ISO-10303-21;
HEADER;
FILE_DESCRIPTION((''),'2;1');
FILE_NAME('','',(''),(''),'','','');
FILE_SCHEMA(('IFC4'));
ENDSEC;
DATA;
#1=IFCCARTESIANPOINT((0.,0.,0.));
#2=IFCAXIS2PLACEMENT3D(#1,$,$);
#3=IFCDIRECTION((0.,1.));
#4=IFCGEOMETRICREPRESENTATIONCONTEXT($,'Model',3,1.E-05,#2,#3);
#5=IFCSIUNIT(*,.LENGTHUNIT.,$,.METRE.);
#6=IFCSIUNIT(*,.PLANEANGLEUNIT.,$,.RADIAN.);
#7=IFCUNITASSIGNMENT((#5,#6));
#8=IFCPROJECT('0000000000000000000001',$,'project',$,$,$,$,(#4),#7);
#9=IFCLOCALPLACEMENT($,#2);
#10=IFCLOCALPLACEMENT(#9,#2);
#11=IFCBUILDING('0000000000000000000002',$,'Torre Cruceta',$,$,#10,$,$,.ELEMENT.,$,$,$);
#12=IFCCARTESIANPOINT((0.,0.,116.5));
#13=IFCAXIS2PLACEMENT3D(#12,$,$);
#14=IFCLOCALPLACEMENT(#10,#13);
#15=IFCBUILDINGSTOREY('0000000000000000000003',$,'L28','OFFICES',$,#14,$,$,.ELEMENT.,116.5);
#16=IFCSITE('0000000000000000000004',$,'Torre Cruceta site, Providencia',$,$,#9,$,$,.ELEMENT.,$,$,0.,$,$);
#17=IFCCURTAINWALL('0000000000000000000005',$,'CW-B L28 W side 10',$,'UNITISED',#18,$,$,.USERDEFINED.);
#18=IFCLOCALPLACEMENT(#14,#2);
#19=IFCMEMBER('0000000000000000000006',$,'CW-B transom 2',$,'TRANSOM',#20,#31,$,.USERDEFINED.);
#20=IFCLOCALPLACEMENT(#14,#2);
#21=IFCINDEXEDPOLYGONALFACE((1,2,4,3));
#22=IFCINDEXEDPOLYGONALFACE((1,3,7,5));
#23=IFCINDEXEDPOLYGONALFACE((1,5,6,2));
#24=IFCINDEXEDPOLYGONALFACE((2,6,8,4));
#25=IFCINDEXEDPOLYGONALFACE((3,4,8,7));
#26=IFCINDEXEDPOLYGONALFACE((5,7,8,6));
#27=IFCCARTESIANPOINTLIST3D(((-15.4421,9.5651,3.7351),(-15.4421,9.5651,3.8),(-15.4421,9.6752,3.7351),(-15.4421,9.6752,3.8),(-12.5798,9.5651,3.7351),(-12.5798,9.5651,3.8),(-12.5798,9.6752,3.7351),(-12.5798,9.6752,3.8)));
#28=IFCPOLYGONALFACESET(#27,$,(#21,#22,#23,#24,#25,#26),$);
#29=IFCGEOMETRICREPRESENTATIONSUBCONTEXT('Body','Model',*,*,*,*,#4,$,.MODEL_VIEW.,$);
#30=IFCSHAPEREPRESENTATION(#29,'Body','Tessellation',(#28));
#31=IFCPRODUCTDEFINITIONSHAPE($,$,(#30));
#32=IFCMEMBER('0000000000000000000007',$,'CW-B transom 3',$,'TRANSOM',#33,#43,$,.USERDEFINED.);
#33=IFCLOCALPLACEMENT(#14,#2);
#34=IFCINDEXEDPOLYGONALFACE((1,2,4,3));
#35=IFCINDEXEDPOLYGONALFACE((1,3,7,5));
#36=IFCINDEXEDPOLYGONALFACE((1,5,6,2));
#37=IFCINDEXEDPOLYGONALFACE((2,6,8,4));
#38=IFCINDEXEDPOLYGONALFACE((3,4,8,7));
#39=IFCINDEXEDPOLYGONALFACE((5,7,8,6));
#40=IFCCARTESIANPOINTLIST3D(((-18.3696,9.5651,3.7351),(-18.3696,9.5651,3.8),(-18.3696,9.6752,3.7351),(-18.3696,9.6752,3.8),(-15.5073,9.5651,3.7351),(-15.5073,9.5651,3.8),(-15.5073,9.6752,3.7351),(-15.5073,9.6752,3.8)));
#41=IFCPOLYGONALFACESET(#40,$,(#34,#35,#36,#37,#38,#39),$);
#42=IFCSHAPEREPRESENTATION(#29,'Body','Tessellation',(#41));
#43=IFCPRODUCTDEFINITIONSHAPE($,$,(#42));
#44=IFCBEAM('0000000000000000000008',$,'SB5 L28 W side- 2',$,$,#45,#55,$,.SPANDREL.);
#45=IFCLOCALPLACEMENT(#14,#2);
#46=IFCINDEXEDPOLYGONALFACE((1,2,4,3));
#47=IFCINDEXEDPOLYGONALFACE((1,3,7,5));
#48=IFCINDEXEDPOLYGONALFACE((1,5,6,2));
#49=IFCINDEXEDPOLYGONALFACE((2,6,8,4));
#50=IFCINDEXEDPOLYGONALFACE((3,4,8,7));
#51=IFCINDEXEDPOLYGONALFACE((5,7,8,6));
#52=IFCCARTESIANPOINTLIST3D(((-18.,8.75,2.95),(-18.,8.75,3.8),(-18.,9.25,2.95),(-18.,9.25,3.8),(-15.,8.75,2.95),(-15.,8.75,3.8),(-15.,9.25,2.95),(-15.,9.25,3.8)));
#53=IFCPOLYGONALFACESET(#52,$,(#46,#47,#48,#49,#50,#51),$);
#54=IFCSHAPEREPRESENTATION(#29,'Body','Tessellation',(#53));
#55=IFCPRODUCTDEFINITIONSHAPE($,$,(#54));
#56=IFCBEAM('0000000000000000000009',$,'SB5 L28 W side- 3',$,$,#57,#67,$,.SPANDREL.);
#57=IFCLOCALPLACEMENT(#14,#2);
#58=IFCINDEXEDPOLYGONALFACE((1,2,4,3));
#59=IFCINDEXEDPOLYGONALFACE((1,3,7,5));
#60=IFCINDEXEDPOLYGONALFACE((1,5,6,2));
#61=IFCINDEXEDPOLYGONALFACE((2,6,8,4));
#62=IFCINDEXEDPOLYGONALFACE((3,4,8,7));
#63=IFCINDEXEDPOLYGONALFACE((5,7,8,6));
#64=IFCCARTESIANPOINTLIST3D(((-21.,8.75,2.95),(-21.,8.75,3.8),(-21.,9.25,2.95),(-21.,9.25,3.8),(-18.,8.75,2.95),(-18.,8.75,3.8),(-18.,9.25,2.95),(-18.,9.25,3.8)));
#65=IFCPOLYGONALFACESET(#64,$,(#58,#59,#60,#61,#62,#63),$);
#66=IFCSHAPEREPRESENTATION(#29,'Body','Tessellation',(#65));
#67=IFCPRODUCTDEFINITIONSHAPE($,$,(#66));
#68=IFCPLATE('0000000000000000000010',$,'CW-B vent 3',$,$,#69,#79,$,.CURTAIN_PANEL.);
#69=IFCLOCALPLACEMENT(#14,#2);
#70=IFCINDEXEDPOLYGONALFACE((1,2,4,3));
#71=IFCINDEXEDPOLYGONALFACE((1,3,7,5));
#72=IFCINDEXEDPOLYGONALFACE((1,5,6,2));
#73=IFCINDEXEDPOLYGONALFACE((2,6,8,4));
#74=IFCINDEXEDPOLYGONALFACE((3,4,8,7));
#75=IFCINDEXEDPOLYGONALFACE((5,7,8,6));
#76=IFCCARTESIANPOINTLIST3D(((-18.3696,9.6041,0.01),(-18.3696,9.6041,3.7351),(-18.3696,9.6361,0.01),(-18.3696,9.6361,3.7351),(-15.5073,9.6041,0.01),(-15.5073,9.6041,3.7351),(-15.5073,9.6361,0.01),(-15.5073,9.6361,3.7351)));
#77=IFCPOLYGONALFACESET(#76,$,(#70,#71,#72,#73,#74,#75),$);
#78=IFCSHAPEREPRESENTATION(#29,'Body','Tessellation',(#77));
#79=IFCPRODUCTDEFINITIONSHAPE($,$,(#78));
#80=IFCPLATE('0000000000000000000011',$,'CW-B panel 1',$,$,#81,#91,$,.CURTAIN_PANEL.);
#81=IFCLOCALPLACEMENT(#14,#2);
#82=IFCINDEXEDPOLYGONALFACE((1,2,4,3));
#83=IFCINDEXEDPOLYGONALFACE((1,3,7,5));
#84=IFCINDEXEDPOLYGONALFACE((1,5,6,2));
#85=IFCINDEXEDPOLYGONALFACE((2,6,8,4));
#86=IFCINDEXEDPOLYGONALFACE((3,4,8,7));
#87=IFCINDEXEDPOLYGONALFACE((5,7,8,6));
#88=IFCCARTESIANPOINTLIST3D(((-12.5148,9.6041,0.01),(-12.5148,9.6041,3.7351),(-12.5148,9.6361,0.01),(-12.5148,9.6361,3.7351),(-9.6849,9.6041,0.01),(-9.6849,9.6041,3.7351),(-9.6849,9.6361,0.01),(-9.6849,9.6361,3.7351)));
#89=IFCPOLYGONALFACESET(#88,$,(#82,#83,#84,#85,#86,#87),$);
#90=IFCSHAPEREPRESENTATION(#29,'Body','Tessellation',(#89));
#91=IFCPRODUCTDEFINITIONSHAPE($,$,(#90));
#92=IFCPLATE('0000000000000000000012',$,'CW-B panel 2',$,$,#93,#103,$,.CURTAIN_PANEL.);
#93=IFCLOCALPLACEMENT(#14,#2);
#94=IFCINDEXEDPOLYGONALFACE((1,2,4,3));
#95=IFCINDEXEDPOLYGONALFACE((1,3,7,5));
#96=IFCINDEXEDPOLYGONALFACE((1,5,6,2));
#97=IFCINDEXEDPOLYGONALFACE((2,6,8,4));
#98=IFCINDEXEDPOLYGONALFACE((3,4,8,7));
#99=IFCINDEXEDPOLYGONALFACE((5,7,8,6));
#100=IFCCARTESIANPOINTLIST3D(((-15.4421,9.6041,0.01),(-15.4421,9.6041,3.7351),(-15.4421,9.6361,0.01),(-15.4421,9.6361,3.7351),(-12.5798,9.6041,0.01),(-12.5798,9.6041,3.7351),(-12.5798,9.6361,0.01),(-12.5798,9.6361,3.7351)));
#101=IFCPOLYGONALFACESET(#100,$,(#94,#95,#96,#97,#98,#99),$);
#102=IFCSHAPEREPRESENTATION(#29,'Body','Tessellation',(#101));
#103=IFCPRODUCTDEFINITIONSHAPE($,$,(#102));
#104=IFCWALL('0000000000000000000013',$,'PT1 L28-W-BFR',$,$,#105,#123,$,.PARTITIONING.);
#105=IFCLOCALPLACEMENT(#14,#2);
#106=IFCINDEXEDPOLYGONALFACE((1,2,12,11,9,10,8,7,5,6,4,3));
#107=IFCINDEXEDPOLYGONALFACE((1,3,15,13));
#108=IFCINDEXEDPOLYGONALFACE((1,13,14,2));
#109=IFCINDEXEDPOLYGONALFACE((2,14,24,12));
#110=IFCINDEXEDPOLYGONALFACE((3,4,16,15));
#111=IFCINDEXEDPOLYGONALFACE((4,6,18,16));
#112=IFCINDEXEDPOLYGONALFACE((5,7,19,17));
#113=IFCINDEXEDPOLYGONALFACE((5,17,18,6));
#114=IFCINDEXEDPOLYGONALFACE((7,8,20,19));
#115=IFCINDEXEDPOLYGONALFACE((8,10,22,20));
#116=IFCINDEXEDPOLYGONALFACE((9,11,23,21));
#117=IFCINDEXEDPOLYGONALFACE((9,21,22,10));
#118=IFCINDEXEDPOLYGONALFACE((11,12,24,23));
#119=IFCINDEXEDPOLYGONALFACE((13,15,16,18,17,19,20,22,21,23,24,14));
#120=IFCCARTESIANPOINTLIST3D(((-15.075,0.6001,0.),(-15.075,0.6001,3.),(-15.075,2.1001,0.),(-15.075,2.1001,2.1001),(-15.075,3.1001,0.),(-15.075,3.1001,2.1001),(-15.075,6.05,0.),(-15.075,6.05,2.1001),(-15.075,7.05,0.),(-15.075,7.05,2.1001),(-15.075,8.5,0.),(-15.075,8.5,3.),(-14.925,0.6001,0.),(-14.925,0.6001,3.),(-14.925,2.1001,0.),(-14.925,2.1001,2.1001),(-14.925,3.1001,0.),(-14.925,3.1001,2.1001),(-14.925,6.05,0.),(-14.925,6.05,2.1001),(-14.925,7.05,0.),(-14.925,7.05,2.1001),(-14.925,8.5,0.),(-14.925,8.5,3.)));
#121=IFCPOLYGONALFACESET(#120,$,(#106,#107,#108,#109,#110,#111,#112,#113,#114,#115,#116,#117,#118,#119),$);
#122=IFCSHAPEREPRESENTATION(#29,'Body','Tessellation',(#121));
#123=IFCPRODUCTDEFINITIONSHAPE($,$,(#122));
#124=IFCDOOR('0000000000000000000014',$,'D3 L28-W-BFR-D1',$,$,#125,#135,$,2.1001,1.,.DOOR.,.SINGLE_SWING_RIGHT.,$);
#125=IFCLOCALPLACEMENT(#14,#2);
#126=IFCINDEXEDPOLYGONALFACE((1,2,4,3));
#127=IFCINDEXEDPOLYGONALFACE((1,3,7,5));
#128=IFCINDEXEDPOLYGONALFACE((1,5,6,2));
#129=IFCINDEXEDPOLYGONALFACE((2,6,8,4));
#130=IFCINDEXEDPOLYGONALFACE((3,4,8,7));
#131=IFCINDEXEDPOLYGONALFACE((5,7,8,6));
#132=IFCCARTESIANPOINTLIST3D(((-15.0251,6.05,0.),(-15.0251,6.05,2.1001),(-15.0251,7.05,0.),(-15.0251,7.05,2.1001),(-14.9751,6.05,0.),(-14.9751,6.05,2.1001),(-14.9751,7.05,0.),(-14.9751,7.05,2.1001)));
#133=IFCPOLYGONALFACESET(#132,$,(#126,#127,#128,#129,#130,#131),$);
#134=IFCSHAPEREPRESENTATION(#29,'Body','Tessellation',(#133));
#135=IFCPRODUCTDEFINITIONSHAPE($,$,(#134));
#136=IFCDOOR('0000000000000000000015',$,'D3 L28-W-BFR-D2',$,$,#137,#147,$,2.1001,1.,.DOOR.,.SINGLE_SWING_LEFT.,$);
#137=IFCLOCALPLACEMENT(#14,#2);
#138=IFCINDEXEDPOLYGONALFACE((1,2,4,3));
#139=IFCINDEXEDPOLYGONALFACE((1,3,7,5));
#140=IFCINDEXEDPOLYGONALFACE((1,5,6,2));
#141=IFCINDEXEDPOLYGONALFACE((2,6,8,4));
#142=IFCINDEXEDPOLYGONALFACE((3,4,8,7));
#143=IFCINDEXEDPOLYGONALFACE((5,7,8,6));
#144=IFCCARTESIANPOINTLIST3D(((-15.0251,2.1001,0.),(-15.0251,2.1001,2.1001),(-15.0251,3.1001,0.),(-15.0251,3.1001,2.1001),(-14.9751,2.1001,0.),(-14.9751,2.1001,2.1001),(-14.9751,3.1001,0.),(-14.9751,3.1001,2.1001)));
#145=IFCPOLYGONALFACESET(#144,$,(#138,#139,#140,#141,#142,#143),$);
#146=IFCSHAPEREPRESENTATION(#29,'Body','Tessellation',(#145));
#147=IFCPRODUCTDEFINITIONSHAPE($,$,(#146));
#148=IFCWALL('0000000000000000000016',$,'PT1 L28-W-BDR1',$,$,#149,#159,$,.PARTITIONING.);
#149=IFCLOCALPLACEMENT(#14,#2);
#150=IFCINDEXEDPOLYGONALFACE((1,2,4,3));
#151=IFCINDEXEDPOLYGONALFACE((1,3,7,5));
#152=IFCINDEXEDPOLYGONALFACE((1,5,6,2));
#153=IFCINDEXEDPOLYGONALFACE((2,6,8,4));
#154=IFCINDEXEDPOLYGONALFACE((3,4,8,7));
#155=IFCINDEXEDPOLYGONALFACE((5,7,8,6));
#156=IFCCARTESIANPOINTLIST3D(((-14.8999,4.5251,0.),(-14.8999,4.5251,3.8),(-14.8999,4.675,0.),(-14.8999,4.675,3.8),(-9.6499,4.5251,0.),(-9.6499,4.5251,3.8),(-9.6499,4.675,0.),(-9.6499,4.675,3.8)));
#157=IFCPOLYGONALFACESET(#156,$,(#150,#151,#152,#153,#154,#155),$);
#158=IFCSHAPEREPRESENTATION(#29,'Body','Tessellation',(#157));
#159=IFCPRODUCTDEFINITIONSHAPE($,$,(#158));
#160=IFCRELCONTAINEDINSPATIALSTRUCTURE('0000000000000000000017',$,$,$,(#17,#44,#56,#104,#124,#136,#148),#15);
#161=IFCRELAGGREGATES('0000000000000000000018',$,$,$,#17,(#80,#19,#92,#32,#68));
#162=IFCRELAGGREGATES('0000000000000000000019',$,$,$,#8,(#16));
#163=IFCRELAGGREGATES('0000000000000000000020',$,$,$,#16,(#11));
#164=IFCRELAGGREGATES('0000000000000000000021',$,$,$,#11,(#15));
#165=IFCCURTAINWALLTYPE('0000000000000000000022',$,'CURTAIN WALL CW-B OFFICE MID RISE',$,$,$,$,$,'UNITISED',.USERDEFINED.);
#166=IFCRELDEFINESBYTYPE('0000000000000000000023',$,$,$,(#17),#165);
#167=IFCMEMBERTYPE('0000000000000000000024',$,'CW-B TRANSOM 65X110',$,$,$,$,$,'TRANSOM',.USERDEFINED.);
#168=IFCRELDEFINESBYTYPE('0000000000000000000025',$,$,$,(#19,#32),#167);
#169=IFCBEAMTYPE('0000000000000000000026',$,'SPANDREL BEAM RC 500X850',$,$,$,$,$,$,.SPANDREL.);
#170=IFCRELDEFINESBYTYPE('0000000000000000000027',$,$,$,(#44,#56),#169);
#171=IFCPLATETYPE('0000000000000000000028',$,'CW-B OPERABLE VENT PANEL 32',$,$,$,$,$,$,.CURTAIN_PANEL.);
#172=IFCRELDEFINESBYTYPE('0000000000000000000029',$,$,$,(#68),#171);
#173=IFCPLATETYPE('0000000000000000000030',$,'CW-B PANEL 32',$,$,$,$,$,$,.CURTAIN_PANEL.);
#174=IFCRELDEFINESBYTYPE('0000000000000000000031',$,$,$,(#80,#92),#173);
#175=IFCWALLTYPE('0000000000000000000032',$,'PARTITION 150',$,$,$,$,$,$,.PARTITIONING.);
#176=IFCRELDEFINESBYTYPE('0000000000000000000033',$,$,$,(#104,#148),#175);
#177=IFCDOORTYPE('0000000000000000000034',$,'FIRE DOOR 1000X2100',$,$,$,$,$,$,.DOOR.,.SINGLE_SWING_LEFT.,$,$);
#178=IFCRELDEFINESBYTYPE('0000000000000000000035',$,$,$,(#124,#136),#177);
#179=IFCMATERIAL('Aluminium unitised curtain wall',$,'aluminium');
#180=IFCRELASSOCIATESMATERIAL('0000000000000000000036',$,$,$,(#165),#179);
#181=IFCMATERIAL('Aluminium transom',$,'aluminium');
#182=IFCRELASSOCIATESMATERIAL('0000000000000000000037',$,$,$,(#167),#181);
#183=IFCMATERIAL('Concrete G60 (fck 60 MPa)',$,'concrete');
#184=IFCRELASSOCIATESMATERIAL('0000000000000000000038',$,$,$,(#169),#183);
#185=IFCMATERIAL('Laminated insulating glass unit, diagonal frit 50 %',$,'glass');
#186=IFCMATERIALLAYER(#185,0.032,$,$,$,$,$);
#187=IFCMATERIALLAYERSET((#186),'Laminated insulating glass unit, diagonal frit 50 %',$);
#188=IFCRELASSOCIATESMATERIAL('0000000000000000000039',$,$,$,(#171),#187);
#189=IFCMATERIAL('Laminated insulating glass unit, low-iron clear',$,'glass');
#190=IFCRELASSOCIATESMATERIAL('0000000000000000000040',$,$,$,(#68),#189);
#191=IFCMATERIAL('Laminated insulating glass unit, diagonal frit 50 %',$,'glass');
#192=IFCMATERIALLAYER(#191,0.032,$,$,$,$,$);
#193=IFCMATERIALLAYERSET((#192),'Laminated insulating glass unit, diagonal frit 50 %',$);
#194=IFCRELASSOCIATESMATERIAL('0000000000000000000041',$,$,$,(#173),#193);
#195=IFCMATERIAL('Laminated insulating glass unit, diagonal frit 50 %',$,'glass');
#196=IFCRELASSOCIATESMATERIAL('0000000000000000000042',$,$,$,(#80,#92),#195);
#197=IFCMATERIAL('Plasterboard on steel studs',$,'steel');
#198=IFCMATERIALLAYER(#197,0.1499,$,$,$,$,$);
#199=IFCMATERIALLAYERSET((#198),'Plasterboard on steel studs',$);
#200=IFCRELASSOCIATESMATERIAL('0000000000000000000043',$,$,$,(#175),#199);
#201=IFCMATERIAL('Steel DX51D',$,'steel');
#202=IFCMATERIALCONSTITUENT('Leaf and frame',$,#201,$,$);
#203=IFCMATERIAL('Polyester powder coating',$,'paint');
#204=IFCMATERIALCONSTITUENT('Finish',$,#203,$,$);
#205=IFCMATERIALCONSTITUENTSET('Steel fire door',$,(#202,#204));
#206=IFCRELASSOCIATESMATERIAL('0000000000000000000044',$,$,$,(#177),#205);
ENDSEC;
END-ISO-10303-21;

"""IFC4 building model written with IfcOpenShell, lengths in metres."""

from ifc_helpers import new_model, si_unit, direction, frame, frame_2d, origin, origin_2d, place, context, subcontext, project, spatial, rectangle, extrude, material, layer, layer_set, constituent, constituent_set, material_profile, profile_set, type_object, element, fill, aggregate, save


model = new_model("IFC4")

# Units and contexts
model_context = context("Model", 3, precision=1e-05, world=origin(), true_north=direction((0.0, 1.0)))
body_context = subcontext(model_context, "Body", "Model", "MODEL_VIEW")
ifc_project = project(units=[si_unit("LENGTHUNIT", "METRE"), si_unit("PLANEANGLEUNIT", "RADIAN")], contexts=[model_context])

# Site, building, storey
site_placement = place(None, origin())
site = spatial("IfcSite", under=ifc_project, at=site_placement, Name="Torre Cruceta site, Providencia", CompositionType="ELEMENT", RefElevation=0.0)
building_placement = place(site_placement, origin())
building = spatial("IfcBuilding", under=site, at=building_placement, Name="Torre Cruceta", CompositionType="ELEMENT")
storey_placement = place(building_placement, frame((0.0, 0.0, 116.5)))
storey = spatial("IfcBuildingStorey", under=building, at=storey_placement, Name="L28", Description="OFFICES", CompositionType="ELEMENT", Elevation=116.5)

# Curtain wall, members
ifc_material_1 = material(Name="Aluminium unitised curtain wall", Category="aluminium")
curtain_wall_type = type_object("IfcCurtainWallType", Name="CURTAIN WALL CW-B OFFICE MID RISE", ElementType="UNITISED", PredefinedType="USERDEFINED", material=ifc_material_1)
curtain_wall_placement = place(storey_placement, origin())
curtain_wall = element("IfcCurtainWall", 1, at=curtain_wall_placement, inside=storey, type_object=curtain_wall_type, Name="CW-B L28 W side 10", ObjectType="UNITISED", PredefinedType="USERDEFINED")
ifc_material_2 = material(Name="Aluminium transom", Category="aluminium")
ifc_material_profile_1 = material_profile(ifc_material_2, rectangle(XDim=0.1101, YDim=0.0649, at=origin_2d()), Name="AL 110X65")
ifc_profile_set_1 = profile_set([ifc_material_profile_1], Name="Aluminium transom")
member_type_1 = type_object("IfcMemberType", Name="CW-B TRANSOM 65X110", ElementType="TRANSOM", PredefinedType="USERDEFINED", material=ifc_profile_set_1)
member_1_placement = place(storey_placement, frame((-12.5798, 9.6201, 3.7676), z_axis=(-1.0, 0.0, 0.0), x_axis=(0.0, -1.0, 0.0)))
member_1 = element("IfcMember", 2, at=member_1_placement, type_object=member_type_1, Name="CW-B transom 2", ObjectType="TRANSOM", PredefinedType="USERDEFINED", context=body_context, shape_type="SweptSolid", body=[
    extrude(rectangle(XDim=0.1101, YDim=0.0649, at=origin_2d()), origin(), (0.0, 0.0, 1.0), 2.8623),
])
member_2_placement = place(storey_placement, frame((-15.5073, 9.6201, 3.7676), z_axis=(-1.0, 0.0, 0.0), x_axis=(0.0, -1.0, 0.0)))
member_2 = element("IfcMember", 3, at=member_2_placement, type_object=member_type_1, Name="CW-B transom 3", ObjectType="TRANSOM", PredefinedType="USERDEFINED", context=body_context, shape_type="SweptSolid", body=[
    extrude(rectangle(XDim=0.1101, YDim=0.0649, at=origin_2d()), origin(), (0.0, 0.0, 1.0), 2.8623),
])

# Beams
ifc_material_3 = material(Name="Concrete G60 (fck 60 MPa)", Category="concrete")
ifc_material_profile_2 = material_profile(ifc_material_3, rectangle(XDim=0.5, YDim=0.8501, at=origin_2d()), Name="RC 500X850")
ifc_profile_set_2 = profile_set([ifc_material_profile_2], Name="Concrete G60 (fck 60 MPa)")
beam_type_1 = type_object("IfcBeamType", Name="SPANDREL BEAM RC 500X850", PredefinedType="SPANDREL", material=ifc_profile_set_2)
for number, where, z_axis, x_axis, name in (
    (4, (-15.0, 9.0, 3.375), (-1.0, 0.0, 0.0), (0.0, -1.0, 0.0), "SB5 L28 W side- 2"),
    (5, (-18.0, 9.0, 3.375), (-1.0, 0.0, 0.0), (0.0, -1.0, 0.0), "SB5 L28 W side- 3"),
):
    element("IfcBeam", number, at=place(storey_placement, frame(where, z_axis=z_axis, x_axis=x_axis)), inside=storey, type_object=beam_type_1, Name=name, PredefinedType="SPANDREL", context=body_context, shape_type="SweptSolid", body=[
        extrude(rectangle(XDim=0.5, YDim=0.8501, at=origin_2d()), origin(), (0.0, 0.0, 1.0), 3.0),
    ])

# Plates
ifc_material_4 = material(Name="Laminated insulating glass unit, low-iron clear", Category="glass")
ifc_material_5 = material(Name="Laminated insulating glass unit, diagonal frit 50 %", Category="glass")
ifc_layer_1 = layer(ifc_material_5, 0.032)
ifc_layer_set_1 = layer_set([ifc_layer_1], Name="Laminated insulating glass unit, diagonal frit 50 %")
plate_type_1 = type_object("IfcPlateType", Name="CW-B OPERABLE VENT PANEL 32", PredefinedType="CURTAIN_PANEL", material=ifc_layer_set_1)
plate_1_placement = place(storey_placement, frame((-16.9385, 9.6201, 0.01), z_axis=(0.0, 0.0, 1.0), x_axis=(-1.0, 0.0, 0.0)))
plate_1 = element("IfcPlate", 6, at=plate_1_placement, type_object=plate_type_1, material=ifc_material_4, Name="CW-B vent 3", PredefinedType="CURTAIN_PANEL", context=body_context, shape_type="SweptSolid", body=[
    extrude(rectangle(XDim=2.8623, YDim=0.032, at=origin_2d()), origin(), (0.0, 0.0, 1.0), 3.7251),
])
ifc_material_6 = material(Name="Laminated insulating glass unit, diagonal frit 50 %", Category="glass")
ifc_material_7 = material(Name="Laminated insulating glass unit, diagonal frit 50 %", Category="glass")
ifc_layer_2 = layer(ifc_material_7, 0.032)
ifc_layer_set_2 = layer_set([ifc_layer_2], Name="Laminated insulating glass unit, diagonal frit 50 %")
plate_type_2 = type_object("IfcPlateType", Name="CW-B PANEL 32", PredefinedType="CURTAIN_PANEL", material=ifc_layer_set_2)
plate_2_placement = place(storey_placement, frame((-11.0999, 9.6201, 0.01), z_axis=(0.0, 0.0, 1.0), x_axis=(-1.0, 0.0, 0.0)))
plate_2 = element("IfcPlate", 7, at=plate_2_placement, type_object=plate_type_2, material=ifc_material_6, Name="CW-B panel 1", PredefinedType="CURTAIN_PANEL", context=body_context, shape_type="SweptSolid", body=[
    extrude(rectangle(XDim=2.8298, YDim=0.032, at=origin_2d()), origin(), (0.0, 0.0, 1.0), 3.7251),
])
plate_3_placement = place(storey_placement, frame((-14.011, 9.6201, 0.01), z_axis=(0.0, 0.0, 1.0), x_axis=(-1.0, 0.0, 0.0)))
plate_3 = element("IfcPlate", 8, at=plate_3_placement, type_object=plate_type_2, material=ifc_material_6, Name="CW-B panel 2", PredefinedType="CURTAIN_PANEL", context=body_context, shape_type="SweptSolid", body=[
    extrude(rectangle(XDim=2.8623, YDim=0.032, at=origin_2d()), origin(), (0.0, 0.0, 1.0), 3.7251),
])
aggregate(curtain_wall, [plate_2, member_1, plate_3, member_2, plate_1])

# Wall, openings, doors
ifc_material_8 = material(Name="Plasterboard on steel studs", Category="steel")
ifc_layer_3 = layer(ifc_material_8, 0.1499)
ifc_layer_set_3 = layer_set([ifc_layer_3], Name="Plasterboard on steel studs")
wall_type = type_object("IfcWallType", Name="PARTITION 150", PredefinedType="PARTITIONING", material=ifc_layer_set_3)
wall_1_placement = place(storey_placement, frame((-15.0, 8.5, 0.0), z_axis=(0.0, 0.0, 1.0), x_axis=(0.0, -1.0, 0.0)))
wall_1 = element("IfcWall", 9, at=wall_1_placement, inside=storey, type_object=wall_type, Name="PT1 L28-W-BFR", PredefinedType="PARTITIONING", context=body_context, shape_type="SweptSolid", body=[
    extrude(rectangle(XDim=7.8999, YDim=0.1499, at=frame_2d((3.95, 0.0))), origin(), (0.0, 0.0, 1.0), 3.0),
])
opening_1_placement = place(wall_1_placement, frame((1.45, 0.0, 0.0)))
opening_1 = element("IfcOpeningElement", 10, at=opening_1_placement, cuts=wall_1, PredefinedType="OPENING", context=body_context, shape_type="SweptSolid", body=[
    extrude(rectangle(XDim=1.0, YDim=2.1001, at=frame_2d((0.5, 1.05))), frame((0.0, 0.085, 0.0), z_axis=(0.0, -1.0, 0.0), x_axis=(1.0, 0.0, 0.0)), (0.0, 0.0, 1.0), 0.1699),
])
opening_2_placement = place(wall_1_placement, frame((5.3999, 0.0, 0.0)))
opening_2 = element("IfcOpeningElement", 11, at=opening_2_placement, cuts=wall_1, PredefinedType="OPENING", context=body_context, shape_type="SweptSolid", body=[
    extrude(rectangle(XDim=1.0, YDim=2.1001, at=frame_2d((0.5, 1.05))), frame((0.0, 0.085, 0.0), z_axis=(0.0, -1.0, 0.0), x_axis=(1.0, 0.0, 0.0)), (0.0, 0.0, 1.0), 0.1699),
])
ifc_material_9 = material(Name="Steel DX51D", Category="steel")
ifc_constituent_1 = constituent(ifc_material_9, Name="Leaf and frame")
ifc_material_10 = material(Name="Polyester powder coating", Category="paint")
ifc_constituent_2 = constituent(ifc_material_10, Name="Finish")
ifc_constituent_set = constituent_set(constituents=[ifc_constituent_1, ifc_constituent_2], Name="Steel fire door")
door_type = type_object("IfcDoorType", Name="FIRE DOOR 1000X2100", OperationType="SINGLE_SWING_LEFT", PredefinedType="DOOR", material=ifc_constituent_set)
door_1_placement = place(opening_1_placement, origin())
door_1 = element("IfcDoor", 12, at=door_1_placement, inside=storey, type_object=door_type, Name="D3 L28-W-BFR-D1", OperationType="SINGLE_SWING_RIGHT", OverallHeight=2.1001, OverallWidth=1.0, PredefinedType="DOOR", context=body_context, shape_type="SweptSolid", body=[
    extrude(rectangle(XDim=1.0, YDim=2.1001, at=frame_2d((0.5, 1.05))), frame((0.0, 0.0249, 0.0), z_axis=(0.0, -1.0, 0.0), x_axis=(1.0, 0.0, 0.0)), (0.0, 0.0, 1.0), 0.05),
])
fill(opening_1, door_1)
door_2_placement = place(opening_2_placement, origin())
door_2 = element("IfcDoor", 13, at=door_2_placement, inside=storey, type_object=door_type, Name="D3 L28-W-BFR-D2", OperationType="SINGLE_SWING_LEFT", OverallHeight=2.1001, OverallWidth=1.0, PredefinedType="DOOR", context=body_context, shape_type="SweptSolid", body=[
    extrude(rectangle(XDim=1.0, YDim=2.1001, at=frame_2d((0.5, 1.05))), frame((0.0, 0.0249, 0.0), z_axis=(0.0, -1.0, 0.0), x_axis=(1.0, 0.0, 0.0)), (0.0, 0.0, 1.0), 0.05),
])
fill(opening_2, door_2)

# Wall
wall_2_placement = place(storey_placement, frame((-9.6499, 4.6001, 0.0), z_axis=(0.0, 0.0, 1.0), x_axis=(-1.0, 0.0, 0.0)))
element("IfcWall", 14, at=wall_2_placement, inside=storey, type_object=wall_type, Name="PT1 L28-W-BDR1", PredefinedType="PARTITIONING", context=body_context, shape_type="SweptSolid", body=[
    extrude(rectangle(XDim=5.25, YDim=0.1499, at=frame_2d((2.625, 0.0))), origin(), (0.0, 0.0, 1.0), 3.8),
])

save(model, "model.ifc")
